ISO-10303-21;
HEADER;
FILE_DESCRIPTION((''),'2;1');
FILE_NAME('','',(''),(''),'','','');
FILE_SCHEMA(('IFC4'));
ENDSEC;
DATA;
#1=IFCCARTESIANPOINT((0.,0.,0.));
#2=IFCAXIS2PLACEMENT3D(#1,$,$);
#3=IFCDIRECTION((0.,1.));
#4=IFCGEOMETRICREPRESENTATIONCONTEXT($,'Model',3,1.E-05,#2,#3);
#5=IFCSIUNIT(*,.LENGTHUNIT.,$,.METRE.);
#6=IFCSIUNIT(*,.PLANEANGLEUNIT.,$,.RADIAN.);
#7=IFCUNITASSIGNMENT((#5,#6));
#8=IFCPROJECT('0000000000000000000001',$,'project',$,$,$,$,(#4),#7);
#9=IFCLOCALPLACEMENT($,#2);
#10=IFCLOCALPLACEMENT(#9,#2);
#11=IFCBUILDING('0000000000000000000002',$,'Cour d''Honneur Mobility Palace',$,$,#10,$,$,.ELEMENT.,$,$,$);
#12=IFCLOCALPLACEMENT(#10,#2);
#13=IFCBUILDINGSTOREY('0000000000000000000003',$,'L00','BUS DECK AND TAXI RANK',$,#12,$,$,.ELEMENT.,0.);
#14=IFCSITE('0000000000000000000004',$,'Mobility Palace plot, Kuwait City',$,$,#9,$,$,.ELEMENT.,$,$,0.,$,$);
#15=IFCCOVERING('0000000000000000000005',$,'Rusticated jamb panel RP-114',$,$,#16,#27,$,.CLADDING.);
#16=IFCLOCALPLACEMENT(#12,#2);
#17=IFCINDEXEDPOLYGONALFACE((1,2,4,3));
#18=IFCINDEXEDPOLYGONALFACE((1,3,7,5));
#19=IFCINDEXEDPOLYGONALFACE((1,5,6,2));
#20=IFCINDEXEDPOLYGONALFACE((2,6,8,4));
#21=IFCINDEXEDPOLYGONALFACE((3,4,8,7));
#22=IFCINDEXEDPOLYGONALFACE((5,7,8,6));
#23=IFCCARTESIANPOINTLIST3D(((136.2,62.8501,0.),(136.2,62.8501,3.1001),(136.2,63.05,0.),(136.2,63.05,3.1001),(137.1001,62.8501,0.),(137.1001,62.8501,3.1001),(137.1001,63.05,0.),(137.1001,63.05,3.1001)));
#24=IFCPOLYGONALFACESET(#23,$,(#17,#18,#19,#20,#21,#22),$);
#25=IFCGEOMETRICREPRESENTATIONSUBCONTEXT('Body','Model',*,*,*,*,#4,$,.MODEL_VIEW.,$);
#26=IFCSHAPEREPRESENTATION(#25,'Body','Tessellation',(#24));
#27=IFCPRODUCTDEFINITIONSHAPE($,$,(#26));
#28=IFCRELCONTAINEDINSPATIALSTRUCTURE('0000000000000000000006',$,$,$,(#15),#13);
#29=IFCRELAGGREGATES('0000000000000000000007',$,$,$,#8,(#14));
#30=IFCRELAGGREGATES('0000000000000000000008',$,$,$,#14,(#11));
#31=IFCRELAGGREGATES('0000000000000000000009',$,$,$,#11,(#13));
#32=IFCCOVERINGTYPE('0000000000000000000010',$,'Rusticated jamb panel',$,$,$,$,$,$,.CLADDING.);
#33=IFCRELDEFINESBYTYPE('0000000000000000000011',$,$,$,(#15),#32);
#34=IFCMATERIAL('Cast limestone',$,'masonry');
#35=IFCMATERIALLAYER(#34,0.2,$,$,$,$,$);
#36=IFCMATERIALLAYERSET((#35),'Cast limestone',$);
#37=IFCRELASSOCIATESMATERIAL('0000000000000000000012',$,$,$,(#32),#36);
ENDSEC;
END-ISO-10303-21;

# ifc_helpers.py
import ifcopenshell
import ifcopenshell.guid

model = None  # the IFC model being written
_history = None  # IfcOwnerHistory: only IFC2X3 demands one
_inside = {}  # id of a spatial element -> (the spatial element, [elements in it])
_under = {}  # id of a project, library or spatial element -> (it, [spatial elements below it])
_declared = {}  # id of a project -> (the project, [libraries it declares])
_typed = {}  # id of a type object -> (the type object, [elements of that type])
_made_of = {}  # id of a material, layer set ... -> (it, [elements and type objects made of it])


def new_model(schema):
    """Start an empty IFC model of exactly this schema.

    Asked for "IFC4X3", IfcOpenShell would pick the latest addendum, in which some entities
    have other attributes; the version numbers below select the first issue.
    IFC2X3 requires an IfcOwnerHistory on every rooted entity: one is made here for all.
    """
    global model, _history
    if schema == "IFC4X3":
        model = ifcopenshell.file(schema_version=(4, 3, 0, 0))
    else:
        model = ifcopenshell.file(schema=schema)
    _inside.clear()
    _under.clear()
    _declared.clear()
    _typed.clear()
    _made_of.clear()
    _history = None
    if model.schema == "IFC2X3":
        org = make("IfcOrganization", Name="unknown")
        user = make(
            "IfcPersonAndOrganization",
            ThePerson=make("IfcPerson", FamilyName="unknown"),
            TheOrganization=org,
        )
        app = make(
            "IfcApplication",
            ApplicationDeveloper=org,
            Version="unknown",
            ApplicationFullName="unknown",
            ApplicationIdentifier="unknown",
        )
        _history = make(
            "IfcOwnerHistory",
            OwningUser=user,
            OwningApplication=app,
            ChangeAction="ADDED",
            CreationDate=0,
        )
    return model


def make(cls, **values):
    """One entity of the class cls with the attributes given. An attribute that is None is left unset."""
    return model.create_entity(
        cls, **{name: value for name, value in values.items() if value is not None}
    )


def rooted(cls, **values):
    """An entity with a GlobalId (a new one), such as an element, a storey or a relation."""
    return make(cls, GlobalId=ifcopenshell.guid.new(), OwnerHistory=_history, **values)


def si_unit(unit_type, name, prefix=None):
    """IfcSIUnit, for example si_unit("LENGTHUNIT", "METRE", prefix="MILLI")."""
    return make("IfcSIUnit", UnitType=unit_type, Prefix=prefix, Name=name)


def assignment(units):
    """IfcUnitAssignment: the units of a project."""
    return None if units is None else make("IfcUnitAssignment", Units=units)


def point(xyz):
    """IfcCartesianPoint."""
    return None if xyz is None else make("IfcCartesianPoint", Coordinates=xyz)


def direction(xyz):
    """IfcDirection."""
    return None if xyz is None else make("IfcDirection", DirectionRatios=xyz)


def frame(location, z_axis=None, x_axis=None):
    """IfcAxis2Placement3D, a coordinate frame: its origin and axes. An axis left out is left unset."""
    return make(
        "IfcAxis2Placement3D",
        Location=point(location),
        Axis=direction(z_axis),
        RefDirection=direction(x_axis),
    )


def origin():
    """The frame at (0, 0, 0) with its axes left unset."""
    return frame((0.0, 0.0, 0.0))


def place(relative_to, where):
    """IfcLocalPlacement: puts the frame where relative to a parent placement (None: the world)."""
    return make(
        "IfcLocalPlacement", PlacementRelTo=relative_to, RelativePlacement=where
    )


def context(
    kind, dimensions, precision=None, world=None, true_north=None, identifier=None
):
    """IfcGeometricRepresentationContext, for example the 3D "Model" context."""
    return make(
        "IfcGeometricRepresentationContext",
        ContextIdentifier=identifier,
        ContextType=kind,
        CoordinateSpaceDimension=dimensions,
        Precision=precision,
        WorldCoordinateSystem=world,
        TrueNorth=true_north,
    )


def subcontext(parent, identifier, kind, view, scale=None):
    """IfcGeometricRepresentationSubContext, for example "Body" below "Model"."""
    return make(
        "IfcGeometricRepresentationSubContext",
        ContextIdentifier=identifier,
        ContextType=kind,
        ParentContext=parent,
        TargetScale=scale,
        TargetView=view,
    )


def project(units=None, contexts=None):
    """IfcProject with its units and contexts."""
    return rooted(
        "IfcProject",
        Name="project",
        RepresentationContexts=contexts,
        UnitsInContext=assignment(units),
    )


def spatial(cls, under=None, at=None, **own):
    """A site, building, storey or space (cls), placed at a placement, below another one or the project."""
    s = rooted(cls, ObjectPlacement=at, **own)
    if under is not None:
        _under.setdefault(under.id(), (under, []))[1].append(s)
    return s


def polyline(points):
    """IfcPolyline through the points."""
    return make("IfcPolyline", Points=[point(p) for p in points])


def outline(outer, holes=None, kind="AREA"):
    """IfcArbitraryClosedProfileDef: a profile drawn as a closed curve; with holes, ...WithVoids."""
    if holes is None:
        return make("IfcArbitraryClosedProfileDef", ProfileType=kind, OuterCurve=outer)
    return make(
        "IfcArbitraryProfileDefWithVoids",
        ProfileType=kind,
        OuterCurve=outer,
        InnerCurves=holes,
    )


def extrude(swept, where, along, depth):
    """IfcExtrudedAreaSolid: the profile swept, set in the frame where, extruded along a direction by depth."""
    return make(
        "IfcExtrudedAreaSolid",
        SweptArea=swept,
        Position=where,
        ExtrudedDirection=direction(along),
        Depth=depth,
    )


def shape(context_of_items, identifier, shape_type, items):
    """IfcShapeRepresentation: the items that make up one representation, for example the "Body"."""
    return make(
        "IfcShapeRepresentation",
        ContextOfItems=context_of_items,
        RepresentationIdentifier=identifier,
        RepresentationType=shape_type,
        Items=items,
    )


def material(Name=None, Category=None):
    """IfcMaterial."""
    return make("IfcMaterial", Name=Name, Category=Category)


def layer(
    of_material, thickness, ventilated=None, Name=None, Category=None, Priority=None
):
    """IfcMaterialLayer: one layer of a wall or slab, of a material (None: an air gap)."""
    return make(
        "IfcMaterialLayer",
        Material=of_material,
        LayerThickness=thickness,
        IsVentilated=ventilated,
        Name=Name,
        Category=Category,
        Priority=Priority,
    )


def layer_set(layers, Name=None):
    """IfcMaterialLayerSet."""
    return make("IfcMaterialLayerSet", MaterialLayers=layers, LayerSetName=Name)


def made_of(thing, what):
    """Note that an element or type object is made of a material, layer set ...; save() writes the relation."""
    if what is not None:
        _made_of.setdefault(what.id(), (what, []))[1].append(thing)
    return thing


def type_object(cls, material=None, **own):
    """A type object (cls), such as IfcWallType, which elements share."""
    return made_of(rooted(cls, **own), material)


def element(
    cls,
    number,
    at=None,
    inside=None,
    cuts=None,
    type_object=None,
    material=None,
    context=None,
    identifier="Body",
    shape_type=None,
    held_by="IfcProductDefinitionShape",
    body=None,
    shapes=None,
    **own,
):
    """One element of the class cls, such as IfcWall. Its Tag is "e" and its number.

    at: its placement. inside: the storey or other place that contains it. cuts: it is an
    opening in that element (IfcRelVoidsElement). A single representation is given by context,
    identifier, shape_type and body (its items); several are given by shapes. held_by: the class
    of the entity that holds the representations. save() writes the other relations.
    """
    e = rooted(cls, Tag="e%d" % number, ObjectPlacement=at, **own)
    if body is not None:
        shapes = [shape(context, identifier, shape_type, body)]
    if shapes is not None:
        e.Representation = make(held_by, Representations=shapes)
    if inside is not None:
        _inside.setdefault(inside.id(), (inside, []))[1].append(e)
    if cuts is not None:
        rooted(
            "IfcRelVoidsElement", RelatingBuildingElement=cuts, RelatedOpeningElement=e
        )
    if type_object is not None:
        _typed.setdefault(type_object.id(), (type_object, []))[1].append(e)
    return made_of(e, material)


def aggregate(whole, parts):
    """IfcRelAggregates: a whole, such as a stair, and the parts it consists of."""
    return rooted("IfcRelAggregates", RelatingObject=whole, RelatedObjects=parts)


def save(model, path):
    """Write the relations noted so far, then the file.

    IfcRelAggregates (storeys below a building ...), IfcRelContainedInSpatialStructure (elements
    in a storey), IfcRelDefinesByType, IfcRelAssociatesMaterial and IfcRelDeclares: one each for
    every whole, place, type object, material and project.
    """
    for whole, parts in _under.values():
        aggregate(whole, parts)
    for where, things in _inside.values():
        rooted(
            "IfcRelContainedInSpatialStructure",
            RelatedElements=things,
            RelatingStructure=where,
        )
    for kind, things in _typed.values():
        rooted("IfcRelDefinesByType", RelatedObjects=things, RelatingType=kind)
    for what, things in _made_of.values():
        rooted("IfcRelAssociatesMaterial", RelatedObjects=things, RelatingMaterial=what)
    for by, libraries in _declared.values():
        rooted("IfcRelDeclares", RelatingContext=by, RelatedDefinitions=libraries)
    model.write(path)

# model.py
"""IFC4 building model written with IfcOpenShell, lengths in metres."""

from ifc_helpers import new_model, si_unit, direction, frame, origin, place, context, subcontext, project, spatial, polyline, outline, extrude, material, layer, layer_set, type_object, element, save


model = new_model("IFC4")

# Units and contexts
model_context = context("Model", 3, precision=1e-05, world=origin(), true_north=direction((0.0, 1.0)))
body_context = subcontext(model_context, "Body", "Model", "MODEL_VIEW")
ifc_project = project(units=[si_unit("LENGTHUNIT", "METRE"), si_unit("PLANEANGLEUNIT", "RADIAN")], contexts=[model_context])

# Site, building, storey
site_placement = place(None, origin())
site = spatial("IfcSite", under=ifc_project, at=site_placement, Name="Mobility Palace plot, Kuwait City", CompositionType="ELEMENT", RefElevation=0.0)
building_placement = place(site_placement, origin())
building = spatial("IfcBuilding", under=site, at=building_placement, Name="Cour d'Honneur Mobility Palace", CompositionType="ELEMENT")
storey_placement = place(building_placement, origin())
storey = spatial("IfcBuildingStorey", under=building, at=storey_placement, Name="L00", Description="BUS DECK AND TAXI RANK", CompositionType="ELEMENT", Elevation=0.0)

# Covering
ifc_material_1 = material(Name="Cast limestone", Category="masonry")
ifc_layer_1 = layer(ifc_material_1, 0.2)
ifc_layer_set_1 = layer_set([ifc_layer_1], Name="Cast limestone")
covering_type_1 = type_object("IfcCoveringType", Name="Rusticated jamb panel", PredefinedType="CLADDING", material=ifc_layer_set_1)
for number, where, z_axis, x_axis, name in (
    (1, (137.1001, 63.05, 0.0), (0.0, 1.0, 0.0), (-1.0, 0.0, 0.0), "Rusticated jamb panel RP-114"),
):
    element("IfcCovering", number, at=place(storey_placement, frame(where, z_axis=z_axis, x_axis=x_axis)), inside=storey, type_object=covering_type_1, Name=name, PredefinedType="CLADDING", context=body_context, shape_type="SweptSolid", body=[
        extrude(outline(polyline([(0.0, 0.0), (0.9001, 0.0), (0.9001, 3.1001), (0.0, 3.1001), (0.0, 0.0)])), origin(), (0.0, 0.0, -1.0), 0.2),
    ])

save(model, "model.ifc")
